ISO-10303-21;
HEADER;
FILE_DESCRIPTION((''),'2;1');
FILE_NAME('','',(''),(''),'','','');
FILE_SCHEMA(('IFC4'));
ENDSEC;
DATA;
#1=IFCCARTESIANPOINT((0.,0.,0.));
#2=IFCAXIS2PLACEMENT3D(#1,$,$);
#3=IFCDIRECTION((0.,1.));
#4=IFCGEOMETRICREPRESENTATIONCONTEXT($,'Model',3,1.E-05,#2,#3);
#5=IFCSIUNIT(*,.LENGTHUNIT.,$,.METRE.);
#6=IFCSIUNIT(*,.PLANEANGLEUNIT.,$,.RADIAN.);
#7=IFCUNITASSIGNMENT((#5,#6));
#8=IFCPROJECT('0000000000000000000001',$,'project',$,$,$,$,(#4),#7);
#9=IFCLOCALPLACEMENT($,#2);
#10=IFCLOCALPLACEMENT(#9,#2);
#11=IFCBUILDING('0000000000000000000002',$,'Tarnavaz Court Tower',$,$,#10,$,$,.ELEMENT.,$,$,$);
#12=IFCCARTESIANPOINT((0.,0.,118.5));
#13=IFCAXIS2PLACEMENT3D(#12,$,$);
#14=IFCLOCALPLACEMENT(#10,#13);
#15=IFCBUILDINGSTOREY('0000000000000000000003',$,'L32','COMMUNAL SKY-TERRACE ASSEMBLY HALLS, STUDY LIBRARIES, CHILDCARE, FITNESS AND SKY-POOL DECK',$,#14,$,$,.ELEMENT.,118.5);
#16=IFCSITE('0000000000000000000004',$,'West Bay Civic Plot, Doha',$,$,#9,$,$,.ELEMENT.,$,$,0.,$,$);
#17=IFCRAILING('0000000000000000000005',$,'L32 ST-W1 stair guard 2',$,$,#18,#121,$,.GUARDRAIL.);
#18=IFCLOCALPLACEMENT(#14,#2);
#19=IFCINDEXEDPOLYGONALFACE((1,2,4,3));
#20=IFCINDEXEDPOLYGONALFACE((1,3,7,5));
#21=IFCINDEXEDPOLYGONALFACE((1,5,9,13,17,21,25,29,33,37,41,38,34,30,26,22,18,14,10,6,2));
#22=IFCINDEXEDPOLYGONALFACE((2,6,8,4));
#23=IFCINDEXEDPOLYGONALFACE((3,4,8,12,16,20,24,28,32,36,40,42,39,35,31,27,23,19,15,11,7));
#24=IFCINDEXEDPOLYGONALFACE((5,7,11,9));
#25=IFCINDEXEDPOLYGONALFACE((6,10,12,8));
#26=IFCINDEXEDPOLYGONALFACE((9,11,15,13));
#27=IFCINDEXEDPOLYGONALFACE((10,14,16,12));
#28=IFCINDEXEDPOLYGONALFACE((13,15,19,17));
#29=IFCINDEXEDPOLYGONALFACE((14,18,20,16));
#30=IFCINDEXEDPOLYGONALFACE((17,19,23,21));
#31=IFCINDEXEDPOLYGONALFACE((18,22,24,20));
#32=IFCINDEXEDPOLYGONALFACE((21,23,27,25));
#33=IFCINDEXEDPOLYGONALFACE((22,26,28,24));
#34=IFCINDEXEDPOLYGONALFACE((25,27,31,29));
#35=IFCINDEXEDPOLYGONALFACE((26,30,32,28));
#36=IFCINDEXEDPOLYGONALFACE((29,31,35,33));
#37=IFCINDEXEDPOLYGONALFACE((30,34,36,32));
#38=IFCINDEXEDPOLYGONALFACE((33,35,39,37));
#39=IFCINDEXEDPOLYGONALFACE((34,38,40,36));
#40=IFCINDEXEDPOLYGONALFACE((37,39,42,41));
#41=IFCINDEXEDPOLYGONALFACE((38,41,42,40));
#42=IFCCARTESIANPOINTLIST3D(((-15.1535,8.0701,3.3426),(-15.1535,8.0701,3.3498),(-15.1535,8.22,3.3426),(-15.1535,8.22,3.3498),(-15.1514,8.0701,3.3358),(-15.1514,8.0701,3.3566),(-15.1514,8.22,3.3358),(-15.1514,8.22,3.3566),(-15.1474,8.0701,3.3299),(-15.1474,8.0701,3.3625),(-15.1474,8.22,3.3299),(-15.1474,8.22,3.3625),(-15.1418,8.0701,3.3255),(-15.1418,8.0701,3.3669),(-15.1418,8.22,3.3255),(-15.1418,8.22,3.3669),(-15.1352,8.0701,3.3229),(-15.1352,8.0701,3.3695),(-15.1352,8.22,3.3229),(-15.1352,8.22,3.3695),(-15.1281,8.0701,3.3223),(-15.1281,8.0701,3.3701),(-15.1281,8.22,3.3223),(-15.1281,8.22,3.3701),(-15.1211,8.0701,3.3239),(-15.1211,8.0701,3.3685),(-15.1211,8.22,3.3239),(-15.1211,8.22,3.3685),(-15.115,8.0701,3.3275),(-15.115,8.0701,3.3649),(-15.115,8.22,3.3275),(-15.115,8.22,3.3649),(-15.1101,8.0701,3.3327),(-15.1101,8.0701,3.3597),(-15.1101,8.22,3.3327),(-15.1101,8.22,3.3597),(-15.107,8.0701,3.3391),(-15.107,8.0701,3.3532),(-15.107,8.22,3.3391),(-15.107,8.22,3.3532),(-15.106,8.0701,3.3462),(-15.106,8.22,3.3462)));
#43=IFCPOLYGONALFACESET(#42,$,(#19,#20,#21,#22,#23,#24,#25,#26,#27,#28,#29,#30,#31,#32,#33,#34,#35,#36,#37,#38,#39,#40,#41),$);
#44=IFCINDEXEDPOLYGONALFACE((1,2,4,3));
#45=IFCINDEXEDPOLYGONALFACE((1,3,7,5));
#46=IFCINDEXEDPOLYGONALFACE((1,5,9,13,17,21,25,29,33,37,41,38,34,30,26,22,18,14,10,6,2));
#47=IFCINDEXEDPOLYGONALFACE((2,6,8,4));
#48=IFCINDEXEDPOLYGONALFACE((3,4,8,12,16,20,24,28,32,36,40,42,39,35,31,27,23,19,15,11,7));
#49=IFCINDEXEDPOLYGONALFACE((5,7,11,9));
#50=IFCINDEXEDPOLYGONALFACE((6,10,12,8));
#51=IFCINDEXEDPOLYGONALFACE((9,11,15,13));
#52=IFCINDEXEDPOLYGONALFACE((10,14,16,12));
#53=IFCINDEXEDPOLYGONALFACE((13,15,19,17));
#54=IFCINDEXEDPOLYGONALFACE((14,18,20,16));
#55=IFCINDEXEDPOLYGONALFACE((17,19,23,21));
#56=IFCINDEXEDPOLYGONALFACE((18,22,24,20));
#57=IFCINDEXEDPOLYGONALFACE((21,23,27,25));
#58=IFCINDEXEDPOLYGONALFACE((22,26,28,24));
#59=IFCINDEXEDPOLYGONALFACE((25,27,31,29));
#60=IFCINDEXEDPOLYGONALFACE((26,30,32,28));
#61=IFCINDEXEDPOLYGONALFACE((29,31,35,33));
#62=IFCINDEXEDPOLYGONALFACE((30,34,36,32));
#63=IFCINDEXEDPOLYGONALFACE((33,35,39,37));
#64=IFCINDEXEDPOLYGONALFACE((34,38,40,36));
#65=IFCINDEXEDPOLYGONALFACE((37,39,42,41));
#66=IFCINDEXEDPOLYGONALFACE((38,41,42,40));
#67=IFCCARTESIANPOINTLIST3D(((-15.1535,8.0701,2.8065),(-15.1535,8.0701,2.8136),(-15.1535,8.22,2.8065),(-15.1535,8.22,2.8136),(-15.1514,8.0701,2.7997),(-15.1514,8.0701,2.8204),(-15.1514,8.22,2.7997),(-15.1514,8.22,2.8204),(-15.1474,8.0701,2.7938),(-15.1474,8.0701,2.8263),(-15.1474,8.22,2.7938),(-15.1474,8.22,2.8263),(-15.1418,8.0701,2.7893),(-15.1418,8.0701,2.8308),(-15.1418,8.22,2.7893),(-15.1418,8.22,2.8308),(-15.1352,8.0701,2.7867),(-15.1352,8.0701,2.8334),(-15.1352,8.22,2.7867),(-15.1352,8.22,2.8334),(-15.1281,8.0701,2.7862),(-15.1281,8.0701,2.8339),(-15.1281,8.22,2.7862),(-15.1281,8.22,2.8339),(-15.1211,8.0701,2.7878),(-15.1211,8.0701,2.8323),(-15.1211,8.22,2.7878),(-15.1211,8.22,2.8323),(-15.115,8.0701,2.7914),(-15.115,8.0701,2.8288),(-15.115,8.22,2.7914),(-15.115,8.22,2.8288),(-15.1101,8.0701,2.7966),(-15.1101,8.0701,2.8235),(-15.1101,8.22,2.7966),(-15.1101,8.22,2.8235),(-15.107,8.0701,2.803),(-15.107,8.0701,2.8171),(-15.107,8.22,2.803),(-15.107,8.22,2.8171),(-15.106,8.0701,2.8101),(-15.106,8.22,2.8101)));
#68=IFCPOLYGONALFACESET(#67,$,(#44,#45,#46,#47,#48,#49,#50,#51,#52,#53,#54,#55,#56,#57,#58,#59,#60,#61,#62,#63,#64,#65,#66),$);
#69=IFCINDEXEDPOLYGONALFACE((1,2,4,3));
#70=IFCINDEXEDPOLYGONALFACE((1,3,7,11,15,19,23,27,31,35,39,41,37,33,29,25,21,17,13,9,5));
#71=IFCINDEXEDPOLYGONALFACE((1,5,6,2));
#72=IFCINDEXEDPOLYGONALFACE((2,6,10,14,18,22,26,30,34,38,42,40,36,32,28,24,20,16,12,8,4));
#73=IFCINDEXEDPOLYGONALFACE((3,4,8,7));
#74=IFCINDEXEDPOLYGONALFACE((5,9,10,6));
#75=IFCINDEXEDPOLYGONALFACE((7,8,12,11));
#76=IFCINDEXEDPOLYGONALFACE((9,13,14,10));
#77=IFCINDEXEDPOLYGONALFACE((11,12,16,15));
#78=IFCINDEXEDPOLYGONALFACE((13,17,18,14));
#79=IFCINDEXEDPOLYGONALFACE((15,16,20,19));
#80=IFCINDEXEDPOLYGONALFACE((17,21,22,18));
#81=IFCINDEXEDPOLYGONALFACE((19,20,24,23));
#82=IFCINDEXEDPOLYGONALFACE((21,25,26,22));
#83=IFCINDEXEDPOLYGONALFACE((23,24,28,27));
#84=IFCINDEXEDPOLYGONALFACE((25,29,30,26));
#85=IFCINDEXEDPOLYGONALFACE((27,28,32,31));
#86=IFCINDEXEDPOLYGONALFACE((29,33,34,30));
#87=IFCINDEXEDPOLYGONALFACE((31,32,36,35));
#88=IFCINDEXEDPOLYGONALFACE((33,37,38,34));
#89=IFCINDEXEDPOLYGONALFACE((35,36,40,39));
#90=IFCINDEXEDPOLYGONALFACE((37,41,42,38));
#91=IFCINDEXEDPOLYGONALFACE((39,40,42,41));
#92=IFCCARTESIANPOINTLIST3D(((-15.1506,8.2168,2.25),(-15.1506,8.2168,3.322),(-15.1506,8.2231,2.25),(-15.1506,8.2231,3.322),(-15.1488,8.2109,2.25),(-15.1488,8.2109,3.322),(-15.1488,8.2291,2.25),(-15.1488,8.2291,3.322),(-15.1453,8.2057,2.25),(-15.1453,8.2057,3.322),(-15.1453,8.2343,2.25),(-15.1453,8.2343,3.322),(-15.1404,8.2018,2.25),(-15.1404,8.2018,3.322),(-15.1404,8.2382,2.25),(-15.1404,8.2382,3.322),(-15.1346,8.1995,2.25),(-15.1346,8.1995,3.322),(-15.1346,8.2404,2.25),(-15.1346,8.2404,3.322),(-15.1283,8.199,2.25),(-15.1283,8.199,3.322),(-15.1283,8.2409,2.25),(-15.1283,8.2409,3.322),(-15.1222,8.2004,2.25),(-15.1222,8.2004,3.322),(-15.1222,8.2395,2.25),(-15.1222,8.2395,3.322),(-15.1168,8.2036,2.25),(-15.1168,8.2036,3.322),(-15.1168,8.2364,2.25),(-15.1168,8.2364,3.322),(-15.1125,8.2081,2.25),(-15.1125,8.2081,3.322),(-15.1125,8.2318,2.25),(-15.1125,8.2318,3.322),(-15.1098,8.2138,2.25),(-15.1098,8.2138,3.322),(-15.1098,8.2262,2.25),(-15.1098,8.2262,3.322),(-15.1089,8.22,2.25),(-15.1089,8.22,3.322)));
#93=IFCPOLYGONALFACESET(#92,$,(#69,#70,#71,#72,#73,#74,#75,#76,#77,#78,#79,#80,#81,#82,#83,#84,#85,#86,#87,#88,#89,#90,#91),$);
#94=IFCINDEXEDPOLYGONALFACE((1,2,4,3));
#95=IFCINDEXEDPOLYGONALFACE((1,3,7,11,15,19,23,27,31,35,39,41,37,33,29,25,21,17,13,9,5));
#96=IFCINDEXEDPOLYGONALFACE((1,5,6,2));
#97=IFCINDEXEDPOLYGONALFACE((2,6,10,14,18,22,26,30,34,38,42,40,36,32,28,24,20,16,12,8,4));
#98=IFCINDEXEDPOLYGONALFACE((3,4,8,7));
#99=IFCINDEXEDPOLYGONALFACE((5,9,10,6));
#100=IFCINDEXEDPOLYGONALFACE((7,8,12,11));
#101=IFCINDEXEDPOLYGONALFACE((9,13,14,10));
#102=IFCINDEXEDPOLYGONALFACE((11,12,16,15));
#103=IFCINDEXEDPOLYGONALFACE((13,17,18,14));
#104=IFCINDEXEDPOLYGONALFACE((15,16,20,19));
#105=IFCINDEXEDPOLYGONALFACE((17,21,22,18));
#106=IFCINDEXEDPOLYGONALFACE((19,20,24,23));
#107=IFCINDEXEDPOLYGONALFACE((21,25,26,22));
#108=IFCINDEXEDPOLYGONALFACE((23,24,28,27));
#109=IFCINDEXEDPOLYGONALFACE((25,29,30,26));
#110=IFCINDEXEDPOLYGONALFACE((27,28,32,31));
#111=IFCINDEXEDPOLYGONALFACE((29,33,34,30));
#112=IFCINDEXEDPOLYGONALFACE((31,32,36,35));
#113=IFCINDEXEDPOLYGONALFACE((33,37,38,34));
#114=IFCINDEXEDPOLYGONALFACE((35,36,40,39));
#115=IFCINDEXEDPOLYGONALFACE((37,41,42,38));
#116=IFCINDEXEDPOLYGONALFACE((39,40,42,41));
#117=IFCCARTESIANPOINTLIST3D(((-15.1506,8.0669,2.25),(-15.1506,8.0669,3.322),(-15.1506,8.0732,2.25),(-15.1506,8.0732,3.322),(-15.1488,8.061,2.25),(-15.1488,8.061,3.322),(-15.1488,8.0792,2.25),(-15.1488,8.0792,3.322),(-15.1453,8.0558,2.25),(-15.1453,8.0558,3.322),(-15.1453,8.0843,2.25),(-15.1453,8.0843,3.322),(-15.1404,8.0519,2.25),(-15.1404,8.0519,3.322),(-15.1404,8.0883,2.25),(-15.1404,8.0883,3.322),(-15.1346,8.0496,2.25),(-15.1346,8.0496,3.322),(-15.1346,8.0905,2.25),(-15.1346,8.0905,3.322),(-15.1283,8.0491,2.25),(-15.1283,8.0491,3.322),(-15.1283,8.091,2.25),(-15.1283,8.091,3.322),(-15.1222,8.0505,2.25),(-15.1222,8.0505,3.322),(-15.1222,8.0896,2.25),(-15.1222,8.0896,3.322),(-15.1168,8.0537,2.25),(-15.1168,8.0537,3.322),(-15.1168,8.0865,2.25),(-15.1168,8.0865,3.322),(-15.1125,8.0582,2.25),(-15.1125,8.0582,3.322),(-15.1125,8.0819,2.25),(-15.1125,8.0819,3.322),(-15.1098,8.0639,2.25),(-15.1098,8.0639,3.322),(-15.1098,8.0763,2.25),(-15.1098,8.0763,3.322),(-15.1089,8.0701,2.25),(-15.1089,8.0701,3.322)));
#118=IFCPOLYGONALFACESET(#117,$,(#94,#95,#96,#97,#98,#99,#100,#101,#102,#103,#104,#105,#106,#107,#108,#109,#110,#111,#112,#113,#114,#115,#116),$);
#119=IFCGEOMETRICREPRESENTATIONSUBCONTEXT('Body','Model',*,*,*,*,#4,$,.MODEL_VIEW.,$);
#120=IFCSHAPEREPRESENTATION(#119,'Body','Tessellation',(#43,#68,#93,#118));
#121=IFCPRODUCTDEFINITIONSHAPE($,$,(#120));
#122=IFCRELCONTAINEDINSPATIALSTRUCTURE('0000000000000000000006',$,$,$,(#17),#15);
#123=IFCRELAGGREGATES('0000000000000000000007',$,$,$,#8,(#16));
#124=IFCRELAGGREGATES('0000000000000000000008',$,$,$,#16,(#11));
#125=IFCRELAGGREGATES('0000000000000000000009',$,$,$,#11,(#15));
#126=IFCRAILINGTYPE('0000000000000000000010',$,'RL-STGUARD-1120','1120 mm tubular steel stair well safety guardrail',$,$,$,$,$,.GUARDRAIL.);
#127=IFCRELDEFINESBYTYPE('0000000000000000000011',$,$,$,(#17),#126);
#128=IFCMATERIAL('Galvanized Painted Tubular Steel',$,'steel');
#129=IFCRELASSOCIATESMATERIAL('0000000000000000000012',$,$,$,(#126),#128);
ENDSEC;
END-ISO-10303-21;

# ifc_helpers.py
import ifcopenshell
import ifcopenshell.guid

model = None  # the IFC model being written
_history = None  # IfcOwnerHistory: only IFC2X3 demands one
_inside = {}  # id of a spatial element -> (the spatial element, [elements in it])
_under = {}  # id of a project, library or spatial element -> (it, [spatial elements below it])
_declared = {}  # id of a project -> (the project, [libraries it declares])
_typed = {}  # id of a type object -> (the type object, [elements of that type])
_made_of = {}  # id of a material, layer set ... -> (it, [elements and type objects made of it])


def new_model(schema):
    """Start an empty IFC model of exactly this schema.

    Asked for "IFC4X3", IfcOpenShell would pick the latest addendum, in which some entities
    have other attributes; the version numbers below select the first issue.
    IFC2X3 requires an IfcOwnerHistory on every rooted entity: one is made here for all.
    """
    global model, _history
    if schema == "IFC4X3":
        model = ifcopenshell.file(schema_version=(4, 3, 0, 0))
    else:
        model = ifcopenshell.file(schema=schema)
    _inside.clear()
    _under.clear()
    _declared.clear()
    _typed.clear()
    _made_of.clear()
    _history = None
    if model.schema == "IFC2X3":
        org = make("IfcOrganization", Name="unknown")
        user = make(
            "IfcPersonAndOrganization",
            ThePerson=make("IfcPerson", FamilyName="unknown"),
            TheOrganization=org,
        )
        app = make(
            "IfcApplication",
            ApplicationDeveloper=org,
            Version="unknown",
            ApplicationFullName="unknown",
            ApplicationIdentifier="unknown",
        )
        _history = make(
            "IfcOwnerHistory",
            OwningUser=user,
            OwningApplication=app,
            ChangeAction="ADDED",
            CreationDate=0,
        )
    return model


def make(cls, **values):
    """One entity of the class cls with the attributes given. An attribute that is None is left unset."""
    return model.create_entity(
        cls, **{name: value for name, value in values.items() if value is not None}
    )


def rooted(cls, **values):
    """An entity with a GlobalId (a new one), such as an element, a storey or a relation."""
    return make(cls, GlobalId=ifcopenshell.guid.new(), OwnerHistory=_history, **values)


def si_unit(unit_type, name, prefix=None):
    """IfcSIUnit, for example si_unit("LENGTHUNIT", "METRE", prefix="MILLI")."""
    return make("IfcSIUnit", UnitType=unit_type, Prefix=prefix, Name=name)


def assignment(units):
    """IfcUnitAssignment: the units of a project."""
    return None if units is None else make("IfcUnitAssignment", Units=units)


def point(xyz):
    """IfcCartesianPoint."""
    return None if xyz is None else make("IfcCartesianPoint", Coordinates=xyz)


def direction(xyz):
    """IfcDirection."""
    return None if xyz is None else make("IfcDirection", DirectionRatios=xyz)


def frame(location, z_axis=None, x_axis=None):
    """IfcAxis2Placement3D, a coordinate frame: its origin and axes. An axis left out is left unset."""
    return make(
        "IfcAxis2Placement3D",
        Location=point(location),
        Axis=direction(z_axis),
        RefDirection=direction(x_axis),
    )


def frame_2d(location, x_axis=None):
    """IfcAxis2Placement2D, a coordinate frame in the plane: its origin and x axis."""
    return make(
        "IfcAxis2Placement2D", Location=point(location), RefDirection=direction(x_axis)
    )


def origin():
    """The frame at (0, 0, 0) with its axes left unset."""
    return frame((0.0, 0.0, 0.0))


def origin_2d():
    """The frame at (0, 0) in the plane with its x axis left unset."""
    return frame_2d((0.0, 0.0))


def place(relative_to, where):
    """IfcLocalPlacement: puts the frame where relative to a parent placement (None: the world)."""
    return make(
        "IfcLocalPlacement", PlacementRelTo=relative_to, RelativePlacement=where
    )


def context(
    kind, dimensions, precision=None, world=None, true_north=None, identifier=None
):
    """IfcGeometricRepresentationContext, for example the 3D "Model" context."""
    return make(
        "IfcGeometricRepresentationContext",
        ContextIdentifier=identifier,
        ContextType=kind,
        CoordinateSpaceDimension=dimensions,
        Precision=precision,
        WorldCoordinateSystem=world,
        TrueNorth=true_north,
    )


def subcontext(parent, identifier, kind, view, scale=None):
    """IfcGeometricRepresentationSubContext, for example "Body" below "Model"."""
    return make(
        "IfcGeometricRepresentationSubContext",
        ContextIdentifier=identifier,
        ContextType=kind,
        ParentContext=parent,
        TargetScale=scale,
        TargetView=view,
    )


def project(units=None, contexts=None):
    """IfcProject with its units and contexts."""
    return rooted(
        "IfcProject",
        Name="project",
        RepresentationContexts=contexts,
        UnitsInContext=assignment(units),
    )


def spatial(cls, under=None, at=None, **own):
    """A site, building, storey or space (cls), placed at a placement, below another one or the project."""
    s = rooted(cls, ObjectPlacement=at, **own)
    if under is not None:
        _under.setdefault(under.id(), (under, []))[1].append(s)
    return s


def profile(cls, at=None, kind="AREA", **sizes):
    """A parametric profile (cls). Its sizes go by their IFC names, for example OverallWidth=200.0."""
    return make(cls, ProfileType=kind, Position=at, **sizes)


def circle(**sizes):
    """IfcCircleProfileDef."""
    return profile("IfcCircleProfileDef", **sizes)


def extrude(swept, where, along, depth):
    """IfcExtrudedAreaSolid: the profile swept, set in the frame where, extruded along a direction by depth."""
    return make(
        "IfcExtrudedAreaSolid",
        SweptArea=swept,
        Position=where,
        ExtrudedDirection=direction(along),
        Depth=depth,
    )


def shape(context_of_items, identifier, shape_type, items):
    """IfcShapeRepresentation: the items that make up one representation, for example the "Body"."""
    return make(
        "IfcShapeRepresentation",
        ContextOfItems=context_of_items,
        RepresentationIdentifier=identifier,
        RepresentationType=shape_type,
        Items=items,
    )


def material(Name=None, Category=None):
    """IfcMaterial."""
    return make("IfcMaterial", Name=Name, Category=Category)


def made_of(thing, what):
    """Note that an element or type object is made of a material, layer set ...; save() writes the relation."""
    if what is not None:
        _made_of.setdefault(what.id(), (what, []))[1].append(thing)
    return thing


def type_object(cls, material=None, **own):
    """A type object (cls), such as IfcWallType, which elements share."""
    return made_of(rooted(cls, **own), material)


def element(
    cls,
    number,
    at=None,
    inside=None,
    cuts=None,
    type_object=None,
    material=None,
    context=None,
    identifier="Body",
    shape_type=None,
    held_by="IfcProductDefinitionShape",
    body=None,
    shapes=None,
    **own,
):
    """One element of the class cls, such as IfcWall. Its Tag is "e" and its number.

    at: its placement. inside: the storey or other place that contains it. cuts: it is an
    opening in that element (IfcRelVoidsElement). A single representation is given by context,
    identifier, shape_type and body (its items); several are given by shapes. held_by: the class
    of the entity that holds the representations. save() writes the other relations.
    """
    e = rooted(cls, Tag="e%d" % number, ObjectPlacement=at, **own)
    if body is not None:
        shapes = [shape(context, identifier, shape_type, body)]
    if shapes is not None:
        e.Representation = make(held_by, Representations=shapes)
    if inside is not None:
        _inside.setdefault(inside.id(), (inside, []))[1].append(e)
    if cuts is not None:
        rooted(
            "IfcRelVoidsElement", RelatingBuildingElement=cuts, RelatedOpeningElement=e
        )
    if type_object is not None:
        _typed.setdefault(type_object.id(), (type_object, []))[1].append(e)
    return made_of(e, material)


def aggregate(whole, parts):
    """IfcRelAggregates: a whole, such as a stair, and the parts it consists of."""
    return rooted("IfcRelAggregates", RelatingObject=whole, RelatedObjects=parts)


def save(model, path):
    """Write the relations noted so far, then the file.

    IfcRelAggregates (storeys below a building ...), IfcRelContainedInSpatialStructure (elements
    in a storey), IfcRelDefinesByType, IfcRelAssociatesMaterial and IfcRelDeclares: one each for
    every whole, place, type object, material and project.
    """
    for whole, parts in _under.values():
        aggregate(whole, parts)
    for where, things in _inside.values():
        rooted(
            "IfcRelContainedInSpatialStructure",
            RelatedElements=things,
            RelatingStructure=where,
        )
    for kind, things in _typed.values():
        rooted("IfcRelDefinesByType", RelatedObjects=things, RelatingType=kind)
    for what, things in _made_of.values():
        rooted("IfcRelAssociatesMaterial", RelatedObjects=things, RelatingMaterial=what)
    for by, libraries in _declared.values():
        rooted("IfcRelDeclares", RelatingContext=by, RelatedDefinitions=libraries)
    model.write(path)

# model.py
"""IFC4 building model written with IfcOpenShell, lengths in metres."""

from ifc_helpers import new_model, si_unit, direction, frame, origin, origin_2d, place, context, subcontext, project, spatial, circle, extrude, material, type_object, element, save


model = new_model("IFC4")

# Units and contexts
model_context = context("Model", 3, precision=1e-05, world=origin(), true_north=direction((0.0, 1.0)))
body_context = subcontext(model_context, "Body", "Model", "MODEL_VIEW")
ifc_project = project(units=[si_unit("LENGTHUNIT", "METRE"), si_unit("PLANEANGLEUNIT", "RADIAN")], contexts=[model_context])

# Site, building, storey
site_placement = place(None, origin())
site = spatial("IfcSite", under=ifc_project, at=site_placement, Name="West Bay Civic Plot, Doha", CompositionType="ELEMENT", RefElevation=0.0)
building_placement = place(site_placement, origin())
building = spatial("IfcBuilding", under=site, at=building_placement, Name="Tarnavaz Court Tower", CompositionType="ELEMENT")
storey_placement = place(building_placement, frame((0.0, 0.0, 118.5)))
storey = spatial("IfcBuildingStorey", under=building, at=storey_placement, Name="L32", Description="COMMUNAL SKY-TERRACE ASSEMBLY HALLS, STUDY LIBRARIES, CHILDCARE, FITNESS AND SKY-POOL DECK", CompositionType="ELEMENT", Elevation=118.5)

# Railing
ifc_material_1 = material(Name="Galvanized Painted Tubular Steel", Category="steel")
railing_type_1 = type_object("IfcRailingType", Name="RL-STGUARD-1120", Description="1120 mm tubular steel stair well safety guardrail", PredefinedType="GUARDRAIL", material=ifc_material_1)
railing_1_placement = place(storey_placement, frame((-15.1299, 8.22, 2.25)))
element("IfcRailing", 1, at=railing_1_placement, inside=storey, type_object=railing_type_1, Name="L32 ST-W1 stair guard 2", PredefinedType="GUARDRAIL", context=body_context, shape_type="SweptSolid", body=[
    extrude(circle(Radius=0.0239, at=origin_2d()), frame((0.0, 0.0, 1.0962), z_axis=(0.0, -1.0, 0.0), x_axis=(1.0, 0.0, 0.0)), (0.0, 0.0, 1.0), 0.1499),
    extrude(circle(Radius=0.0239, at=origin_2d()), frame((0.0, 0.0, 0.5601), z_axis=(0.0, -1.0, 0.0), x_axis=(1.0, 0.0, 0.0)), (0.0, 0.0, 1.0), 0.1499),
    extrude(circle(Radius=0.021, at=origin_2d()), origin(), (0.0, 0.0, 1.0), 1.072),
    extrude(circle(Radius=0.021, at=origin_2d()), frame((0.0, -0.1499, 0.0)), (0.0, 0.0, 1.0), 1.072),
])

save(model, "model.ifc")
